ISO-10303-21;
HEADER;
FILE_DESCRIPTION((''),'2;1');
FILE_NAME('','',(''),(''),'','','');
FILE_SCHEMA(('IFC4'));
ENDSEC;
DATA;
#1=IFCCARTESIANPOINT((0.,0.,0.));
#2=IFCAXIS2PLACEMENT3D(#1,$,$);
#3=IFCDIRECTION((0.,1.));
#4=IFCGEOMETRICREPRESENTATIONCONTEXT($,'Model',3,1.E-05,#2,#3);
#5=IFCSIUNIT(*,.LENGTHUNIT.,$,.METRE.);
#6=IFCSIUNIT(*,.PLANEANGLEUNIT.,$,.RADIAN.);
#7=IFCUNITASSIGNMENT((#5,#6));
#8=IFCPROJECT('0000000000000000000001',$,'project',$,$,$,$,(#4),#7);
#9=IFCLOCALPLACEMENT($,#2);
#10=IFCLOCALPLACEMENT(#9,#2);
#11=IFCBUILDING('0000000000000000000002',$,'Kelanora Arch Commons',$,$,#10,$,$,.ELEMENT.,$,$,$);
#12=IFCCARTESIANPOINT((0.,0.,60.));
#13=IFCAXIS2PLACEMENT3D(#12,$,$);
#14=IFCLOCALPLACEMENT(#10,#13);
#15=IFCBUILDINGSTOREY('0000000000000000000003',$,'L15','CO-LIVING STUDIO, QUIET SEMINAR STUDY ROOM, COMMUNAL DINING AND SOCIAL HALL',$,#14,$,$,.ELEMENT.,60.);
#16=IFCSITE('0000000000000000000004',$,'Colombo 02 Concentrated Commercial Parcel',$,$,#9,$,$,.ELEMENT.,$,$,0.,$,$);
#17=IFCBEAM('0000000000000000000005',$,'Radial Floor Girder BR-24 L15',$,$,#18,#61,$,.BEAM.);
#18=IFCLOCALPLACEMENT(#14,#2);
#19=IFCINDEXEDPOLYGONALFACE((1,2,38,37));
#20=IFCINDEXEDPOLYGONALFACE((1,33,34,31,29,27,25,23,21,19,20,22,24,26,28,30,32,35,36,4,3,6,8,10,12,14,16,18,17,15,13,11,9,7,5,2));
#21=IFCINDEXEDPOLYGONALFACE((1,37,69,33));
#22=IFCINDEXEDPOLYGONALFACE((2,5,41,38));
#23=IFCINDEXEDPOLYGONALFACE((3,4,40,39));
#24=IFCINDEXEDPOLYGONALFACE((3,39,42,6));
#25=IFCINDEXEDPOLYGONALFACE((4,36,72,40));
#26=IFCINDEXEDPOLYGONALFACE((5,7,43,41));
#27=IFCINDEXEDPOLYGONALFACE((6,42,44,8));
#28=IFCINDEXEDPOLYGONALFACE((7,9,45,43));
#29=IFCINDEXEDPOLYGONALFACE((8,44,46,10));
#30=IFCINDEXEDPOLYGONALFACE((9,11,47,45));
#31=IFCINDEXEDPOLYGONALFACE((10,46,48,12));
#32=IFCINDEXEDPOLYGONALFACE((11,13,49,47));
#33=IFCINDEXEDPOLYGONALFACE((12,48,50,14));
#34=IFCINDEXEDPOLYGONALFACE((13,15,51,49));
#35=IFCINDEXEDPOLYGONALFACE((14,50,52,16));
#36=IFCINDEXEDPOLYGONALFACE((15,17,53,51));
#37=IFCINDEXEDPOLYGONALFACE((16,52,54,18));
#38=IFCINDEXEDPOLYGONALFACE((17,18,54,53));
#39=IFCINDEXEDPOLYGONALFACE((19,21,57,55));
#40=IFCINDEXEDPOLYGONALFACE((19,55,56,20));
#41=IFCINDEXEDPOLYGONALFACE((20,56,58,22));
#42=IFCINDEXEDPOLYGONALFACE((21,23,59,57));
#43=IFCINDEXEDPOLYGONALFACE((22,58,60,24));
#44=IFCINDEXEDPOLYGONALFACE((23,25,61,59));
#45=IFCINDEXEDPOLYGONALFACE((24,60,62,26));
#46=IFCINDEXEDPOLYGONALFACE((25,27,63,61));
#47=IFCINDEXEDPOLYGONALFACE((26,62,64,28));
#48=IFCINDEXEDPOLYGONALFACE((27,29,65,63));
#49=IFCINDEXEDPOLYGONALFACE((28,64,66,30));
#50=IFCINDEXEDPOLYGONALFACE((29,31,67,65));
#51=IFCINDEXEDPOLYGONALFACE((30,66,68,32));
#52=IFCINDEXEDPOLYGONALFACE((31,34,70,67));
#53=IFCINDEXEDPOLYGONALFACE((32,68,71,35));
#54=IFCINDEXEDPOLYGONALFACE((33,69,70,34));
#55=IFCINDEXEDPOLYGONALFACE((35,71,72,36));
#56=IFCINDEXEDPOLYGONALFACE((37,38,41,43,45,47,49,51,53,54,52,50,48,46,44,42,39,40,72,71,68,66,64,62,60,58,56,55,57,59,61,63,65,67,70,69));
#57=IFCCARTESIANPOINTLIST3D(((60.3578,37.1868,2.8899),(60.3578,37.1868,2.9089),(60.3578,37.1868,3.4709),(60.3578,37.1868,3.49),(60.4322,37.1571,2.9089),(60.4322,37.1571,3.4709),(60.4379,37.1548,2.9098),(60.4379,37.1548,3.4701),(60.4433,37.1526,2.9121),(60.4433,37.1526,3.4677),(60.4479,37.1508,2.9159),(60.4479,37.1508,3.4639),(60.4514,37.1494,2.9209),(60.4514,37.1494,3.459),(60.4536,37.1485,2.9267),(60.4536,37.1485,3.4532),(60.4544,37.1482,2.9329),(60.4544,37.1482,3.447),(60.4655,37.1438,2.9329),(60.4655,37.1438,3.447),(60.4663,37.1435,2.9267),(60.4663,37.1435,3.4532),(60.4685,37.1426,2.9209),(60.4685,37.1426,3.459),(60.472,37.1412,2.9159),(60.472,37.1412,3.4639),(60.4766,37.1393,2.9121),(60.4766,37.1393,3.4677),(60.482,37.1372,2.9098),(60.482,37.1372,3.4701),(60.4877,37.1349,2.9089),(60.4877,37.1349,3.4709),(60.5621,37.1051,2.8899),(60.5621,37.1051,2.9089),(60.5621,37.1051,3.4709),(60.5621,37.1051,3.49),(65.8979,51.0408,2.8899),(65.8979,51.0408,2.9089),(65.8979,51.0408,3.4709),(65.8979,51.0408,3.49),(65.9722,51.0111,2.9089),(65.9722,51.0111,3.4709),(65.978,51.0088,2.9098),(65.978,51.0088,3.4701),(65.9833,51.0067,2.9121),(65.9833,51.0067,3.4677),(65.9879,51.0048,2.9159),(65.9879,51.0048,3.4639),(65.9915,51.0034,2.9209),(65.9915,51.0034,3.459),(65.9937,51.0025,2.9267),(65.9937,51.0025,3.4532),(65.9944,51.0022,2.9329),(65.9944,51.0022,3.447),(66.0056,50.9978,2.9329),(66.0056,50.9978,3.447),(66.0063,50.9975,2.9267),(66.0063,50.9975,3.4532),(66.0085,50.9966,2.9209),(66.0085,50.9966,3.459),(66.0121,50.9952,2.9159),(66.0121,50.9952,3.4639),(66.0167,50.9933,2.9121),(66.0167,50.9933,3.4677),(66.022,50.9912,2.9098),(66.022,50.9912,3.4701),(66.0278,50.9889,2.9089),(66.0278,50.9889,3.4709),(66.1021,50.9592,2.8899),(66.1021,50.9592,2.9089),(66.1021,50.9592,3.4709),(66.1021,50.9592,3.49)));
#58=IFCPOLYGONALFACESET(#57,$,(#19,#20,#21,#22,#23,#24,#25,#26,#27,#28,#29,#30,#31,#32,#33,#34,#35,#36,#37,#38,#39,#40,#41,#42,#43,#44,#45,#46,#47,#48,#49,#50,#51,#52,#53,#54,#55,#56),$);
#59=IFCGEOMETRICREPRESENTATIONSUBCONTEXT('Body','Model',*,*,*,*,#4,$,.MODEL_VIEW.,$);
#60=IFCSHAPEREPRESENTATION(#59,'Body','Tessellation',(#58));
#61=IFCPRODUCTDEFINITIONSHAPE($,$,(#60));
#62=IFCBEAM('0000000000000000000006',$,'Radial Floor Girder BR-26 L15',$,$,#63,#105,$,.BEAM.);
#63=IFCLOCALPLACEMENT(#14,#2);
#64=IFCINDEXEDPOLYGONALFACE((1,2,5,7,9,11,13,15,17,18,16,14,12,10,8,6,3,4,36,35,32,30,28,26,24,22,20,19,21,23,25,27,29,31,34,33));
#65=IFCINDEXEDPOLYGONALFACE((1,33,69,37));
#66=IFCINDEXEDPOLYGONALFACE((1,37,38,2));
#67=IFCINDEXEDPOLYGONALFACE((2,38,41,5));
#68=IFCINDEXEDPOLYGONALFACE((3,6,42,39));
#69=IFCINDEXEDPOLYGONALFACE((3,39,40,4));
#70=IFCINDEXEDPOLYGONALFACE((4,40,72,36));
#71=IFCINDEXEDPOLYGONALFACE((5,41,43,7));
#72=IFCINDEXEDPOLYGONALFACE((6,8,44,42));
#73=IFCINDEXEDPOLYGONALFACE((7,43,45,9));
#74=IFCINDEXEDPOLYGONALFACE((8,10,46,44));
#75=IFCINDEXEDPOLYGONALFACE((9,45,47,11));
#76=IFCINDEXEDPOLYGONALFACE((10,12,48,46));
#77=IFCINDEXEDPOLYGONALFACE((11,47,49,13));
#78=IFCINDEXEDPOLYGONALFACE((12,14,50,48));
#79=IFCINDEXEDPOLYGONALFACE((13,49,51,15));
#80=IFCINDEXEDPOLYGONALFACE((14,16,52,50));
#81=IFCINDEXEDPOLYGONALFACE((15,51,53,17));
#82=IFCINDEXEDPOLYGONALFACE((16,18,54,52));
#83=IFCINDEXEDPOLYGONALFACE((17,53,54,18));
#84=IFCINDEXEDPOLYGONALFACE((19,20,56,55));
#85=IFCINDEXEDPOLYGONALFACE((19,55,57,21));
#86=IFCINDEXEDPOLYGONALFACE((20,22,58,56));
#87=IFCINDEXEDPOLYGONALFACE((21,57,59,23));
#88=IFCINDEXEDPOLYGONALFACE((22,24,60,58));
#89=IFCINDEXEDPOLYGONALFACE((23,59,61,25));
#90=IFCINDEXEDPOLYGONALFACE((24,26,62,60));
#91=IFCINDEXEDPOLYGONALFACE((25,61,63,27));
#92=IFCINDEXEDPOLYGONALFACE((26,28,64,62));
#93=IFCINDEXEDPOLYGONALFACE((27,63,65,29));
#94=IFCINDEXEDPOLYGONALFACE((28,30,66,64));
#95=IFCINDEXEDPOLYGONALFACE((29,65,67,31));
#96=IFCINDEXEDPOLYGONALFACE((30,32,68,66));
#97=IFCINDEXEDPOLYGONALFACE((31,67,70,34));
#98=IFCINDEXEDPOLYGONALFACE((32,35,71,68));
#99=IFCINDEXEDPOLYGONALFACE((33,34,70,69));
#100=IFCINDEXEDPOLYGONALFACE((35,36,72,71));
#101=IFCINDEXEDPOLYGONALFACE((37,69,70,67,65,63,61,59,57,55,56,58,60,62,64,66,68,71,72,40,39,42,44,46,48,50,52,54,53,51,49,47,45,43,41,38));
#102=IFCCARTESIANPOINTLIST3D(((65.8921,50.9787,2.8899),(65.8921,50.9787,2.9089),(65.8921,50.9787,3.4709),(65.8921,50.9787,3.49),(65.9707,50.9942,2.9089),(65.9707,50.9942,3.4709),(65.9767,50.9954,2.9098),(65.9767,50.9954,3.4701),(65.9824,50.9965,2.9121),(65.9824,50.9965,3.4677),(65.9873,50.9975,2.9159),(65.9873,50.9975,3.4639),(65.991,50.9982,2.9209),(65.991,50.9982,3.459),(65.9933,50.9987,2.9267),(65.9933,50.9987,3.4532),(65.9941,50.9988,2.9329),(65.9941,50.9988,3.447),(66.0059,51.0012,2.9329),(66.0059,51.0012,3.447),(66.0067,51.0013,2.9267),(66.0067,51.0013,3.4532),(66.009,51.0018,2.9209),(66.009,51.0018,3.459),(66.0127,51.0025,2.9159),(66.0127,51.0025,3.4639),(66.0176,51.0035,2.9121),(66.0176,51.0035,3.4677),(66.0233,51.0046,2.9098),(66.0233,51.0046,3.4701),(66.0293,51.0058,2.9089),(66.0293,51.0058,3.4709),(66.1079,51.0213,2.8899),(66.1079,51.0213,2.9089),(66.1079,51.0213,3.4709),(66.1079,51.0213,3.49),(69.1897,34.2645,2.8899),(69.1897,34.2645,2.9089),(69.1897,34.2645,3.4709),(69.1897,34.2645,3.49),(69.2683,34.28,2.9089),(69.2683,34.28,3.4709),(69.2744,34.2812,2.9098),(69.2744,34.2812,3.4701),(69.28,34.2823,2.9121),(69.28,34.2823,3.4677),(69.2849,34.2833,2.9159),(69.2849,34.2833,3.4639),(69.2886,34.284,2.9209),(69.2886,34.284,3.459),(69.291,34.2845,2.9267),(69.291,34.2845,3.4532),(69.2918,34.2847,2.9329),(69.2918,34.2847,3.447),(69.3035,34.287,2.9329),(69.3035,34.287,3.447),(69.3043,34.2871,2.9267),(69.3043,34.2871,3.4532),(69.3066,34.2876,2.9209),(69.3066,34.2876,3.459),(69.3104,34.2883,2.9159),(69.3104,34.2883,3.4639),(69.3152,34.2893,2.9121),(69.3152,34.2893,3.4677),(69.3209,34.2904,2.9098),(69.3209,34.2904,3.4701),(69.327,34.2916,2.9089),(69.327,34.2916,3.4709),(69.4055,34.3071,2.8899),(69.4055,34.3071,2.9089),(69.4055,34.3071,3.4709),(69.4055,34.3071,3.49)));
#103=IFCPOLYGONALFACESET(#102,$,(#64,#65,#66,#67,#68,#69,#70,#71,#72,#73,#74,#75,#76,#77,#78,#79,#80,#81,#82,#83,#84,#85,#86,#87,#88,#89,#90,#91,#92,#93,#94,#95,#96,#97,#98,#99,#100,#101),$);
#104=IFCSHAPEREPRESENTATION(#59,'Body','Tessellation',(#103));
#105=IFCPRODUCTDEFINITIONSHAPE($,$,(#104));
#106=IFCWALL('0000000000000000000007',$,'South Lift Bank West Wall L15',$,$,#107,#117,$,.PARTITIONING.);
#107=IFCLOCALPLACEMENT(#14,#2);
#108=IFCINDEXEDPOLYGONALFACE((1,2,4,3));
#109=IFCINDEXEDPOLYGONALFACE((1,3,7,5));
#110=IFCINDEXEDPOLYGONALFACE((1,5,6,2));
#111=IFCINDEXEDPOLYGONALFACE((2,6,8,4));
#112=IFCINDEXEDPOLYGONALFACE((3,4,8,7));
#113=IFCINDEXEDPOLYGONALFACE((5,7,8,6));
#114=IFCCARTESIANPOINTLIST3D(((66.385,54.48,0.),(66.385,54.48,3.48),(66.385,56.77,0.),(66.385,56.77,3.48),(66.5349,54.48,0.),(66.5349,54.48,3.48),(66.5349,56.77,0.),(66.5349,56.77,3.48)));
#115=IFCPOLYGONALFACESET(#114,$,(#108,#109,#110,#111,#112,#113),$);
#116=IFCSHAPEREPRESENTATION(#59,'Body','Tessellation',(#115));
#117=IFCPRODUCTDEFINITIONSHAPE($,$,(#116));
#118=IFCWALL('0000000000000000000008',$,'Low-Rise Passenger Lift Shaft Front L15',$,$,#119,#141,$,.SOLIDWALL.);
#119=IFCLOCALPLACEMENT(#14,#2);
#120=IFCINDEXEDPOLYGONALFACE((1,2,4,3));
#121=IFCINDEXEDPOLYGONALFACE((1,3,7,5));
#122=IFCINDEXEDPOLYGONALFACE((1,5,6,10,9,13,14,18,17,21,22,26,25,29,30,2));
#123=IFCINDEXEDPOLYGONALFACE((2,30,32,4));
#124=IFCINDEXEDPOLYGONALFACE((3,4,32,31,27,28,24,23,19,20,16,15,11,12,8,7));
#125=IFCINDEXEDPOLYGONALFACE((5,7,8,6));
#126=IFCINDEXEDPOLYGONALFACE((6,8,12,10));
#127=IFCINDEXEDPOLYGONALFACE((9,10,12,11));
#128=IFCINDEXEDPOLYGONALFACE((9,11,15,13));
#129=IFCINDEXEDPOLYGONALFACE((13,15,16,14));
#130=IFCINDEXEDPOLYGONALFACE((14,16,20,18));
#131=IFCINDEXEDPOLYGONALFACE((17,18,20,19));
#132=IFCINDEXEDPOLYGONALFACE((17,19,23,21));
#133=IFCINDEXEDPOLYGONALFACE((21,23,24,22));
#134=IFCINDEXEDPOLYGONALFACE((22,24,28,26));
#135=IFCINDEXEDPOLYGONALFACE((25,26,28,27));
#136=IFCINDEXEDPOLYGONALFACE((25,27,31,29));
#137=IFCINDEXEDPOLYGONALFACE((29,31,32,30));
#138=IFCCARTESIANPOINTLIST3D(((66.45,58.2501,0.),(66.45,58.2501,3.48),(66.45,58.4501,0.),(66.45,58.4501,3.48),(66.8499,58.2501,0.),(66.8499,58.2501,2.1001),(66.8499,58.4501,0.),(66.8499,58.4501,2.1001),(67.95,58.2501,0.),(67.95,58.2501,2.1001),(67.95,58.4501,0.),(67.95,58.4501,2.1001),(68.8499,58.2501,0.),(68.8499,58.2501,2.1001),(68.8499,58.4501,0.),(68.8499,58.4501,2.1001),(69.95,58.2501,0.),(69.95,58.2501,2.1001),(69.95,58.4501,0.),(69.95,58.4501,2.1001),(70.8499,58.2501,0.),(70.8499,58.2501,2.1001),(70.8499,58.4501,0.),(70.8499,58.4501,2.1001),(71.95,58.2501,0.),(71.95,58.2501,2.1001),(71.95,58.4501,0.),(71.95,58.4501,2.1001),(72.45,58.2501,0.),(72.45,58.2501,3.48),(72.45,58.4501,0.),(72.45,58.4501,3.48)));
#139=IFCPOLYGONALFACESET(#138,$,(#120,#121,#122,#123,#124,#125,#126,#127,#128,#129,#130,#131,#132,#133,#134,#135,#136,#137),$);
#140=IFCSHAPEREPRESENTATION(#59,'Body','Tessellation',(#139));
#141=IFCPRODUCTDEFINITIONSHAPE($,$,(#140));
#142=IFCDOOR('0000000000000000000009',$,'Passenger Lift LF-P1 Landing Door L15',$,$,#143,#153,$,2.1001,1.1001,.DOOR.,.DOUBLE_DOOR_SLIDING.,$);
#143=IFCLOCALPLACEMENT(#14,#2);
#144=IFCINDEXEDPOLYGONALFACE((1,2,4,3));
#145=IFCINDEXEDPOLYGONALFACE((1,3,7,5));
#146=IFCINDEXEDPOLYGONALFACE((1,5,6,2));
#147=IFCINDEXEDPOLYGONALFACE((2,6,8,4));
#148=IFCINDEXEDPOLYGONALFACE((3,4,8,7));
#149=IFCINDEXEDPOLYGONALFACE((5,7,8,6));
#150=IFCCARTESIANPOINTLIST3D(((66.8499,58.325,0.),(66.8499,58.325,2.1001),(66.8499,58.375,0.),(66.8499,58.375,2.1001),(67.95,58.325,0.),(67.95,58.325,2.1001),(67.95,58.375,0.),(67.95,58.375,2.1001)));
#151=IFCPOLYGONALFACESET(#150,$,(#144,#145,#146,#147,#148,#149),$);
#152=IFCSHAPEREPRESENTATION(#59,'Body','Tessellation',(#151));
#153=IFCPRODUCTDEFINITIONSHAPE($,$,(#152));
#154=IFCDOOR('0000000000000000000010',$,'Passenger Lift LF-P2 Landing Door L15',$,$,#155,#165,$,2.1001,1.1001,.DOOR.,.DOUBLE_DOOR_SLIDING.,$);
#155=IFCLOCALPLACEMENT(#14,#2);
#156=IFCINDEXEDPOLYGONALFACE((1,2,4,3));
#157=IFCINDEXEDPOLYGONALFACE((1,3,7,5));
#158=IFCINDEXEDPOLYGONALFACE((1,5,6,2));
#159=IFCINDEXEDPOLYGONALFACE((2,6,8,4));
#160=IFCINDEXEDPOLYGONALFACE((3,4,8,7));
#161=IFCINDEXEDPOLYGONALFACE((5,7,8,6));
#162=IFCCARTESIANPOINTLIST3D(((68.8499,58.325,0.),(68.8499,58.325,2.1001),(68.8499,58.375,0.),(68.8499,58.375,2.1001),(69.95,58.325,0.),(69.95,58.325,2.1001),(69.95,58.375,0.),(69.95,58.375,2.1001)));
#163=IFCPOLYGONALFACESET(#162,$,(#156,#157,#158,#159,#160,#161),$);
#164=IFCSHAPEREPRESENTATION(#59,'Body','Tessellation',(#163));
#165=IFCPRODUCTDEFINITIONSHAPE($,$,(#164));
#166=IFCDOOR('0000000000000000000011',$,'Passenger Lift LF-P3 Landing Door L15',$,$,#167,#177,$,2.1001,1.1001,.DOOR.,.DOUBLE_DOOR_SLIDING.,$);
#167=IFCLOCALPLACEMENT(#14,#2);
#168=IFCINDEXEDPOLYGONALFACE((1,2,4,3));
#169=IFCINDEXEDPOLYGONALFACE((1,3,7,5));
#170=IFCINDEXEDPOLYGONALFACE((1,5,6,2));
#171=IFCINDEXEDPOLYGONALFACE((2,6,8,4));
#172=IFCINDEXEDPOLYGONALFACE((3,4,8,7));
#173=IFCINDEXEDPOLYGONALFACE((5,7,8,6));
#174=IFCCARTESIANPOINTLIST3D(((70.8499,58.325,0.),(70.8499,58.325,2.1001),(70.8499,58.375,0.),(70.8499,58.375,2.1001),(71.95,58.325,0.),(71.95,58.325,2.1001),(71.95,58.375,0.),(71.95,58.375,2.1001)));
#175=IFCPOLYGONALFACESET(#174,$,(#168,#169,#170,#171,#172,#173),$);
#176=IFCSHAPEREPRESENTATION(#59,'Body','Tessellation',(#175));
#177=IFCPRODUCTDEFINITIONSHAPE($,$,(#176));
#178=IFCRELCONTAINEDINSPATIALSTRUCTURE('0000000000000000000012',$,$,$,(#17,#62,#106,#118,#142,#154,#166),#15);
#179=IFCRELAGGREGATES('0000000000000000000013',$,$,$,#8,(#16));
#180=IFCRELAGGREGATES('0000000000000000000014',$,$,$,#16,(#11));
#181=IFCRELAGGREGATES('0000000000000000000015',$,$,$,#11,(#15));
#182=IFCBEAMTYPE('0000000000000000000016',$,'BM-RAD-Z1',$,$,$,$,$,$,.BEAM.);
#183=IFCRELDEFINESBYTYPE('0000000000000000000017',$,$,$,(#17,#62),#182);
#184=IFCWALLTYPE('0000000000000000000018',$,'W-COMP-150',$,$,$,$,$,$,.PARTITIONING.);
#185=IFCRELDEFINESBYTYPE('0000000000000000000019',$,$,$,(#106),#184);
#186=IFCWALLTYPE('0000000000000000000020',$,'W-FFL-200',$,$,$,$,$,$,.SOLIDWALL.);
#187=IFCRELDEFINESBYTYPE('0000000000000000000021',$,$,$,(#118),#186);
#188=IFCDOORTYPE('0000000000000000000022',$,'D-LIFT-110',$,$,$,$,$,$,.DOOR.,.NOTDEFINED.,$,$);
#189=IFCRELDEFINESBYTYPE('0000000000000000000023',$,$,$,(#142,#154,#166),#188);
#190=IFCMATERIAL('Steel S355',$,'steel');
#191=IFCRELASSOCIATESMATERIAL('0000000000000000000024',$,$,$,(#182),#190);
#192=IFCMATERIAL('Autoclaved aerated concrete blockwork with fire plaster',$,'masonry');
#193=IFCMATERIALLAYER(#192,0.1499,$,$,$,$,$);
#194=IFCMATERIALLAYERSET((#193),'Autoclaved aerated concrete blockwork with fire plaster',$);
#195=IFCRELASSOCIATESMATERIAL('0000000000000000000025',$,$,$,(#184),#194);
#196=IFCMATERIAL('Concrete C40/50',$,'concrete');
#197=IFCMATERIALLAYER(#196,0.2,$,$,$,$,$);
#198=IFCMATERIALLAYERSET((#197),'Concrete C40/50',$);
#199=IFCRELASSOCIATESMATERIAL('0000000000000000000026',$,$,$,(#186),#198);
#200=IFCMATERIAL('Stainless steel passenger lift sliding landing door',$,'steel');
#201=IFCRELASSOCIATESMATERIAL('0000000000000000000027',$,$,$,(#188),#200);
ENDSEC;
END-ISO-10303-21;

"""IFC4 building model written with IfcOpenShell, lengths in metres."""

from ifc_helpers import new_model, si_unit, direction, frame, frame_2d, origin, origin_2d, place, context, subcontext, project, spatial, rectangle, i_section, extrude, material, layer, layer_set, material_profile, profile_set, type_object, element, fill, save


model = new_model("IFC4")

# Units and contexts
model_context = context("Model", 3, precision=1e-05, world=origin(), true_north=direction((0.0, 1.0)))
body_context = subcontext(model_context, "Body", "Model", "MODEL_VIEW")
ifc_project = project(units=[si_unit("LENGTHUNIT", "METRE"), si_unit("PLANEANGLEUNIT", "RADIAN")], contexts=[model_context])

# Site, building, storey
site_placement = place(None, origin())
site = spatial("IfcSite", under=ifc_project, at=site_placement, Name="Colombo 02 Concentrated Commercial Parcel", CompositionType="ELEMENT", RefElevation=0.0)
building_placement = place(site_placement, origin())
building = spatial("IfcBuilding", under=site, at=building_placement, Name="Kelanora Arch Commons", CompositionType="ELEMENT")
storey_placement = place(building_placement, frame((0.0, 0.0, 60.0)))
storey = spatial("IfcBuildingStorey", under=building, at=storey_placement, Name="L15", Description="CO-LIVING STUDIO, QUIET SEMINAR STUDY ROOM, COMMUNAL DINING AND SOCIAL HALL", CompositionType="ELEMENT", Elevation=60.0)

# Beams
ifc_material_1 = material(Name="Steel S355", Category="steel")
ifc_material_profile_1 = material_profile(ifc_material_1, i_section(OverallWidth=0.22, OverallDepth=0.6001, WebThickness=0.012, FlangeThickness=0.019, FilletRadius=0.0239, at=origin_2d()), Name="IPE600")
ifc_profile_set_1 = profile_set([ifc_material_profile_1], Name="Steel S355")
beam_type_1 = type_object("IfcBeamType", Name="BM-RAD-Z1", PredefinedType="BEAM", material=ifc_profile_set_1)
beam_1_placement = place(storey_placement, frame((66.0, 51.0, 3.1899), z_axis=(-0.3713, -0.928513, 0.0), x_axis=(0.928513, -0.3713, 0.0)))
element("IfcBeam", 1, at=beam_1_placement, inside=storey, type_object=beam_type_1, Name="Radial Floor Girder BR-24 L15", PredefinedType="BEAM", context=body_context, shape_type="SweptSolid", body=[
    extrude(i_section(OverallWidth=0.22, OverallDepth=0.6001, WebThickness=0.012, FlangeThickness=0.019, FilletRadius=0.0239, at=origin_2d()), origin(), (0.0, 0.0, 1.0), 14.9207),
])
beam_2_placement = place(storey_placement, frame((66.0, 51.0, 3.1899), z_axis=(0.193564, -0.981088, 0.0), x_axis=(0.981088, 0.193564, 0.0)))
element("IfcBeam", 2, at=beam_2_placement, inside=storey, type_object=beam_type_1, Name="Radial Floor Girder BR-26 L15", PredefinedType="BEAM", context=body_context, shape_type="SweptSolid", body=[
    extrude(i_section(OverallWidth=0.22, OverallDepth=0.6001, WebThickness=0.012, FlangeThickness=0.019, FilletRadius=0.0239, at=origin_2d()), origin(), (0.0, 0.0, 1.0), 17.0364),
])

# Wall
ifc_material_2 = material(Name="Autoclaved aerated concrete blockwork with fire plaster", Category="masonry")
ifc_layer_1 = layer(ifc_material_2, 0.1499)
ifc_layer_set_1 = layer_set([ifc_layer_1], Name="Autoclaved aerated concrete blockwork with fire plaster")
wall_type_1 = type_object("IfcWallType", Name="W-COMP-150", PredefinedType="PARTITIONING", material=ifc_layer_set_1)
wall_1_placement = place(storey_placement, frame((66.46, 54.48, 0.0), z_axis=(0.0, 0.0, 1.0), x_axis=(0.0, 1.0, 0.0)))
element("IfcWall", 3, at=wall_1_placement, inside=storey, type_object=wall_type_1, Name="South Lift Bank West Wall L15", PredefinedType="PARTITIONING", context=body_context, shape_type="SweptSolid", body=[
    extrude(rectangle(XDim=2.29, YDim=0.1499, at=frame_2d((1.145, 0.0))), origin(), (0.0, 0.0, 1.0), 3.48),
])

# Wall, openings, doors
ifc_material_3 = material(Name="Concrete C40/50", Category="concrete")
ifc_layer_2 = layer(ifc_material_3, 0.2)
ifc_layer_set_2 = layer_set([ifc_layer_2], Name="Concrete C40/50")
wall_type_2 = type_object("IfcWallType", Name="W-FFL-200", PredefinedType="SOLIDWALL", material=ifc_layer_set_2)
wall_2_placement = place(storey_placement, frame((66.45, 58.3501, 0.0), z_axis=(0.0, 0.0, 1.0), x_axis=(1.0, 0.0, 0.0)))
wall_2 = element("IfcWall", 4, at=wall_2_placement, inside=storey, type_object=wall_type_2, Name="Low-Rise Passenger Lift Shaft Front L15", PredefinedType="SOLIDWALL", context=body_context, shape_type="SweptSolid", body=[
    extrude(rectangle(XDim=6.0, YDim=0.2, at=frame_2d((3.0, 0.0))), origin(), (0.0, 0.0, 1.0), 3.48),
])
opening_1_placement = place(wall_2_placement, frame((0.3999, 0.0, 0.0)))
opening_1 = element("IfcOpeningElement", 5, at=opening_1_placement, cuts=wall_2, PredefinedType="OPENING", context=body_context, shape_type="SweptSolid", body=[
    extrude(rectangle(XDim=1.1001, YDim=2.1001, at=frame_2d((0.55, 1.05))), frame((0.0, 0.1099, 0.0), z_axis=(0.0, -1.0, 0.0), x_axis=(1.0, 0.0, 0.0)), (0.0, 0.0, 1.0), 0.22),
])
opening_2_placement = place(wall_2_placement, frame((2.3999, 0.0, 0.0)))
opening_2 = element("IfcOpeningElement", 6, at=opening_2_placement, cuts=wall_2, PredefinedType="OPENING", context=body_context, shape_type="SweptSolid", body=[
    extrude(rectangle(XDim=1.1001, YDim=2.1001, at=frame_2d((0.55, 1.05))), frame((0.0, 0.1099, 0.0), z_axis=(0.0, -1.0, 0.0), x_axis=(1.0, 0.0, 0.0)), (0.0, 0.0, 1.0), 0.22),
])
opening_3_placement = place(wall_2_placement, frame((4.3999, 0.0, 0.0)))
opening_3 = element("IfcOpeningElement", 7, at=opening_3_placement, cuts=wall_2, PredefinedType="OPENING", context=body_context, shape_type="SweptSolid", body=[
    extrude(rectangle(XDim=1.1001, YDim=2.1001, at=frame_2d((0.55, 1.05))), frame((0.0, 0.1099, 0.0), z_axis=(0.0, -1.0, 0.0), x_axis=(1.0, 0.0, 0.0)), (0.0, 0.0, 1.0), 0.22),
])
ifc_material_4 = material(Name="Stainless steel passenger lift sliding landing door", Category="steel")
door_type_1 = type_object("IfcDoorType", Name="D-LIFT-110", OperationType="NOTDEFINED", PredefinedType="DOOR", material=ifc_material_4)
door_1_placement = place(opening_1_placement, origin())
door_1 = element("IfcDoor", 8, at=door_1_placement, inside=storey, type_object=door_type_1, Name="Passenger Lift LF-P1 Landing Door L15", OperationType="DOUBLE_DOOR_SLIDING", OverallHeight=2.1001, OverallWidth=1.1001, PredefinedType="DOOR", context=body_context, shape_type="SweptSolid", body=[
    extrude(rectangle(XDim=1.1001, YDim=2.1001, at=frame_2d((0.55, 1.05))), frame((0.0, 0.0249, 0.0), z_axis=(0.0, -1.0, 0.0), x_axis=(1.0, 0.0, 0.0)), (0.0, 0.0, 1.0), 0.05),
])
fill(opening_1, door_1)
door_2_placement = place(opening_2_placement, origin())
door_2 = element("IfcDoor", 9, at=door_2_placement, inside=storey, type_object=door_type_1, Name="Passenger Lift LF-P2 Landing Door L15", OperationType="DOUBLE_DOOR_SLIDING", OverallHeight=2.1001, OverallWidth=1.1001, PredefinedType="DOOR", context=body_context, shape_type="SweptSolid", body=[
    extrude(rectangle(XDim=1.1001, YDim=2.1001, at=frame_2d((0.55, 1.05))), frame((0.0, 0.0249, 0.0), z_axis=(0.0, -1.0, 0.0), x_axis=(1.0, 0.0, 0.0)), (0.0, 0.0, 1.0), 0.05),
])
fill(opening_2, door_2)
door_3_placement = place(opening_3_placement, origin())
door_3 = element("IfcDoor", 10, at=door_3_placement, inside=storey, type_object=door_type_1, Name="Passenger Lift LF-P3 Landing Door L15", OperationType="DOUBLE_DOOR_SLIDING", OverallHeight=2.1001, OverallWidth=1.1001, PredefinedType="DOOR", context=body_context, shape_type="SweptSolid", body=[
    extrude(rectangle(XDim=1.1001, YDim=2.1001, at=frame_2d((0.55, 1.05))), frame((0.0, 0.0249, 0.0), z_axis=(0.0, -1.0, 0.0), x_axis=(1.0, 0.0, 0.0)), (0.0, 0.0, 1.0), 0.05),
])
fill(opening_3, door_3)

save(model, "model.ifc")
